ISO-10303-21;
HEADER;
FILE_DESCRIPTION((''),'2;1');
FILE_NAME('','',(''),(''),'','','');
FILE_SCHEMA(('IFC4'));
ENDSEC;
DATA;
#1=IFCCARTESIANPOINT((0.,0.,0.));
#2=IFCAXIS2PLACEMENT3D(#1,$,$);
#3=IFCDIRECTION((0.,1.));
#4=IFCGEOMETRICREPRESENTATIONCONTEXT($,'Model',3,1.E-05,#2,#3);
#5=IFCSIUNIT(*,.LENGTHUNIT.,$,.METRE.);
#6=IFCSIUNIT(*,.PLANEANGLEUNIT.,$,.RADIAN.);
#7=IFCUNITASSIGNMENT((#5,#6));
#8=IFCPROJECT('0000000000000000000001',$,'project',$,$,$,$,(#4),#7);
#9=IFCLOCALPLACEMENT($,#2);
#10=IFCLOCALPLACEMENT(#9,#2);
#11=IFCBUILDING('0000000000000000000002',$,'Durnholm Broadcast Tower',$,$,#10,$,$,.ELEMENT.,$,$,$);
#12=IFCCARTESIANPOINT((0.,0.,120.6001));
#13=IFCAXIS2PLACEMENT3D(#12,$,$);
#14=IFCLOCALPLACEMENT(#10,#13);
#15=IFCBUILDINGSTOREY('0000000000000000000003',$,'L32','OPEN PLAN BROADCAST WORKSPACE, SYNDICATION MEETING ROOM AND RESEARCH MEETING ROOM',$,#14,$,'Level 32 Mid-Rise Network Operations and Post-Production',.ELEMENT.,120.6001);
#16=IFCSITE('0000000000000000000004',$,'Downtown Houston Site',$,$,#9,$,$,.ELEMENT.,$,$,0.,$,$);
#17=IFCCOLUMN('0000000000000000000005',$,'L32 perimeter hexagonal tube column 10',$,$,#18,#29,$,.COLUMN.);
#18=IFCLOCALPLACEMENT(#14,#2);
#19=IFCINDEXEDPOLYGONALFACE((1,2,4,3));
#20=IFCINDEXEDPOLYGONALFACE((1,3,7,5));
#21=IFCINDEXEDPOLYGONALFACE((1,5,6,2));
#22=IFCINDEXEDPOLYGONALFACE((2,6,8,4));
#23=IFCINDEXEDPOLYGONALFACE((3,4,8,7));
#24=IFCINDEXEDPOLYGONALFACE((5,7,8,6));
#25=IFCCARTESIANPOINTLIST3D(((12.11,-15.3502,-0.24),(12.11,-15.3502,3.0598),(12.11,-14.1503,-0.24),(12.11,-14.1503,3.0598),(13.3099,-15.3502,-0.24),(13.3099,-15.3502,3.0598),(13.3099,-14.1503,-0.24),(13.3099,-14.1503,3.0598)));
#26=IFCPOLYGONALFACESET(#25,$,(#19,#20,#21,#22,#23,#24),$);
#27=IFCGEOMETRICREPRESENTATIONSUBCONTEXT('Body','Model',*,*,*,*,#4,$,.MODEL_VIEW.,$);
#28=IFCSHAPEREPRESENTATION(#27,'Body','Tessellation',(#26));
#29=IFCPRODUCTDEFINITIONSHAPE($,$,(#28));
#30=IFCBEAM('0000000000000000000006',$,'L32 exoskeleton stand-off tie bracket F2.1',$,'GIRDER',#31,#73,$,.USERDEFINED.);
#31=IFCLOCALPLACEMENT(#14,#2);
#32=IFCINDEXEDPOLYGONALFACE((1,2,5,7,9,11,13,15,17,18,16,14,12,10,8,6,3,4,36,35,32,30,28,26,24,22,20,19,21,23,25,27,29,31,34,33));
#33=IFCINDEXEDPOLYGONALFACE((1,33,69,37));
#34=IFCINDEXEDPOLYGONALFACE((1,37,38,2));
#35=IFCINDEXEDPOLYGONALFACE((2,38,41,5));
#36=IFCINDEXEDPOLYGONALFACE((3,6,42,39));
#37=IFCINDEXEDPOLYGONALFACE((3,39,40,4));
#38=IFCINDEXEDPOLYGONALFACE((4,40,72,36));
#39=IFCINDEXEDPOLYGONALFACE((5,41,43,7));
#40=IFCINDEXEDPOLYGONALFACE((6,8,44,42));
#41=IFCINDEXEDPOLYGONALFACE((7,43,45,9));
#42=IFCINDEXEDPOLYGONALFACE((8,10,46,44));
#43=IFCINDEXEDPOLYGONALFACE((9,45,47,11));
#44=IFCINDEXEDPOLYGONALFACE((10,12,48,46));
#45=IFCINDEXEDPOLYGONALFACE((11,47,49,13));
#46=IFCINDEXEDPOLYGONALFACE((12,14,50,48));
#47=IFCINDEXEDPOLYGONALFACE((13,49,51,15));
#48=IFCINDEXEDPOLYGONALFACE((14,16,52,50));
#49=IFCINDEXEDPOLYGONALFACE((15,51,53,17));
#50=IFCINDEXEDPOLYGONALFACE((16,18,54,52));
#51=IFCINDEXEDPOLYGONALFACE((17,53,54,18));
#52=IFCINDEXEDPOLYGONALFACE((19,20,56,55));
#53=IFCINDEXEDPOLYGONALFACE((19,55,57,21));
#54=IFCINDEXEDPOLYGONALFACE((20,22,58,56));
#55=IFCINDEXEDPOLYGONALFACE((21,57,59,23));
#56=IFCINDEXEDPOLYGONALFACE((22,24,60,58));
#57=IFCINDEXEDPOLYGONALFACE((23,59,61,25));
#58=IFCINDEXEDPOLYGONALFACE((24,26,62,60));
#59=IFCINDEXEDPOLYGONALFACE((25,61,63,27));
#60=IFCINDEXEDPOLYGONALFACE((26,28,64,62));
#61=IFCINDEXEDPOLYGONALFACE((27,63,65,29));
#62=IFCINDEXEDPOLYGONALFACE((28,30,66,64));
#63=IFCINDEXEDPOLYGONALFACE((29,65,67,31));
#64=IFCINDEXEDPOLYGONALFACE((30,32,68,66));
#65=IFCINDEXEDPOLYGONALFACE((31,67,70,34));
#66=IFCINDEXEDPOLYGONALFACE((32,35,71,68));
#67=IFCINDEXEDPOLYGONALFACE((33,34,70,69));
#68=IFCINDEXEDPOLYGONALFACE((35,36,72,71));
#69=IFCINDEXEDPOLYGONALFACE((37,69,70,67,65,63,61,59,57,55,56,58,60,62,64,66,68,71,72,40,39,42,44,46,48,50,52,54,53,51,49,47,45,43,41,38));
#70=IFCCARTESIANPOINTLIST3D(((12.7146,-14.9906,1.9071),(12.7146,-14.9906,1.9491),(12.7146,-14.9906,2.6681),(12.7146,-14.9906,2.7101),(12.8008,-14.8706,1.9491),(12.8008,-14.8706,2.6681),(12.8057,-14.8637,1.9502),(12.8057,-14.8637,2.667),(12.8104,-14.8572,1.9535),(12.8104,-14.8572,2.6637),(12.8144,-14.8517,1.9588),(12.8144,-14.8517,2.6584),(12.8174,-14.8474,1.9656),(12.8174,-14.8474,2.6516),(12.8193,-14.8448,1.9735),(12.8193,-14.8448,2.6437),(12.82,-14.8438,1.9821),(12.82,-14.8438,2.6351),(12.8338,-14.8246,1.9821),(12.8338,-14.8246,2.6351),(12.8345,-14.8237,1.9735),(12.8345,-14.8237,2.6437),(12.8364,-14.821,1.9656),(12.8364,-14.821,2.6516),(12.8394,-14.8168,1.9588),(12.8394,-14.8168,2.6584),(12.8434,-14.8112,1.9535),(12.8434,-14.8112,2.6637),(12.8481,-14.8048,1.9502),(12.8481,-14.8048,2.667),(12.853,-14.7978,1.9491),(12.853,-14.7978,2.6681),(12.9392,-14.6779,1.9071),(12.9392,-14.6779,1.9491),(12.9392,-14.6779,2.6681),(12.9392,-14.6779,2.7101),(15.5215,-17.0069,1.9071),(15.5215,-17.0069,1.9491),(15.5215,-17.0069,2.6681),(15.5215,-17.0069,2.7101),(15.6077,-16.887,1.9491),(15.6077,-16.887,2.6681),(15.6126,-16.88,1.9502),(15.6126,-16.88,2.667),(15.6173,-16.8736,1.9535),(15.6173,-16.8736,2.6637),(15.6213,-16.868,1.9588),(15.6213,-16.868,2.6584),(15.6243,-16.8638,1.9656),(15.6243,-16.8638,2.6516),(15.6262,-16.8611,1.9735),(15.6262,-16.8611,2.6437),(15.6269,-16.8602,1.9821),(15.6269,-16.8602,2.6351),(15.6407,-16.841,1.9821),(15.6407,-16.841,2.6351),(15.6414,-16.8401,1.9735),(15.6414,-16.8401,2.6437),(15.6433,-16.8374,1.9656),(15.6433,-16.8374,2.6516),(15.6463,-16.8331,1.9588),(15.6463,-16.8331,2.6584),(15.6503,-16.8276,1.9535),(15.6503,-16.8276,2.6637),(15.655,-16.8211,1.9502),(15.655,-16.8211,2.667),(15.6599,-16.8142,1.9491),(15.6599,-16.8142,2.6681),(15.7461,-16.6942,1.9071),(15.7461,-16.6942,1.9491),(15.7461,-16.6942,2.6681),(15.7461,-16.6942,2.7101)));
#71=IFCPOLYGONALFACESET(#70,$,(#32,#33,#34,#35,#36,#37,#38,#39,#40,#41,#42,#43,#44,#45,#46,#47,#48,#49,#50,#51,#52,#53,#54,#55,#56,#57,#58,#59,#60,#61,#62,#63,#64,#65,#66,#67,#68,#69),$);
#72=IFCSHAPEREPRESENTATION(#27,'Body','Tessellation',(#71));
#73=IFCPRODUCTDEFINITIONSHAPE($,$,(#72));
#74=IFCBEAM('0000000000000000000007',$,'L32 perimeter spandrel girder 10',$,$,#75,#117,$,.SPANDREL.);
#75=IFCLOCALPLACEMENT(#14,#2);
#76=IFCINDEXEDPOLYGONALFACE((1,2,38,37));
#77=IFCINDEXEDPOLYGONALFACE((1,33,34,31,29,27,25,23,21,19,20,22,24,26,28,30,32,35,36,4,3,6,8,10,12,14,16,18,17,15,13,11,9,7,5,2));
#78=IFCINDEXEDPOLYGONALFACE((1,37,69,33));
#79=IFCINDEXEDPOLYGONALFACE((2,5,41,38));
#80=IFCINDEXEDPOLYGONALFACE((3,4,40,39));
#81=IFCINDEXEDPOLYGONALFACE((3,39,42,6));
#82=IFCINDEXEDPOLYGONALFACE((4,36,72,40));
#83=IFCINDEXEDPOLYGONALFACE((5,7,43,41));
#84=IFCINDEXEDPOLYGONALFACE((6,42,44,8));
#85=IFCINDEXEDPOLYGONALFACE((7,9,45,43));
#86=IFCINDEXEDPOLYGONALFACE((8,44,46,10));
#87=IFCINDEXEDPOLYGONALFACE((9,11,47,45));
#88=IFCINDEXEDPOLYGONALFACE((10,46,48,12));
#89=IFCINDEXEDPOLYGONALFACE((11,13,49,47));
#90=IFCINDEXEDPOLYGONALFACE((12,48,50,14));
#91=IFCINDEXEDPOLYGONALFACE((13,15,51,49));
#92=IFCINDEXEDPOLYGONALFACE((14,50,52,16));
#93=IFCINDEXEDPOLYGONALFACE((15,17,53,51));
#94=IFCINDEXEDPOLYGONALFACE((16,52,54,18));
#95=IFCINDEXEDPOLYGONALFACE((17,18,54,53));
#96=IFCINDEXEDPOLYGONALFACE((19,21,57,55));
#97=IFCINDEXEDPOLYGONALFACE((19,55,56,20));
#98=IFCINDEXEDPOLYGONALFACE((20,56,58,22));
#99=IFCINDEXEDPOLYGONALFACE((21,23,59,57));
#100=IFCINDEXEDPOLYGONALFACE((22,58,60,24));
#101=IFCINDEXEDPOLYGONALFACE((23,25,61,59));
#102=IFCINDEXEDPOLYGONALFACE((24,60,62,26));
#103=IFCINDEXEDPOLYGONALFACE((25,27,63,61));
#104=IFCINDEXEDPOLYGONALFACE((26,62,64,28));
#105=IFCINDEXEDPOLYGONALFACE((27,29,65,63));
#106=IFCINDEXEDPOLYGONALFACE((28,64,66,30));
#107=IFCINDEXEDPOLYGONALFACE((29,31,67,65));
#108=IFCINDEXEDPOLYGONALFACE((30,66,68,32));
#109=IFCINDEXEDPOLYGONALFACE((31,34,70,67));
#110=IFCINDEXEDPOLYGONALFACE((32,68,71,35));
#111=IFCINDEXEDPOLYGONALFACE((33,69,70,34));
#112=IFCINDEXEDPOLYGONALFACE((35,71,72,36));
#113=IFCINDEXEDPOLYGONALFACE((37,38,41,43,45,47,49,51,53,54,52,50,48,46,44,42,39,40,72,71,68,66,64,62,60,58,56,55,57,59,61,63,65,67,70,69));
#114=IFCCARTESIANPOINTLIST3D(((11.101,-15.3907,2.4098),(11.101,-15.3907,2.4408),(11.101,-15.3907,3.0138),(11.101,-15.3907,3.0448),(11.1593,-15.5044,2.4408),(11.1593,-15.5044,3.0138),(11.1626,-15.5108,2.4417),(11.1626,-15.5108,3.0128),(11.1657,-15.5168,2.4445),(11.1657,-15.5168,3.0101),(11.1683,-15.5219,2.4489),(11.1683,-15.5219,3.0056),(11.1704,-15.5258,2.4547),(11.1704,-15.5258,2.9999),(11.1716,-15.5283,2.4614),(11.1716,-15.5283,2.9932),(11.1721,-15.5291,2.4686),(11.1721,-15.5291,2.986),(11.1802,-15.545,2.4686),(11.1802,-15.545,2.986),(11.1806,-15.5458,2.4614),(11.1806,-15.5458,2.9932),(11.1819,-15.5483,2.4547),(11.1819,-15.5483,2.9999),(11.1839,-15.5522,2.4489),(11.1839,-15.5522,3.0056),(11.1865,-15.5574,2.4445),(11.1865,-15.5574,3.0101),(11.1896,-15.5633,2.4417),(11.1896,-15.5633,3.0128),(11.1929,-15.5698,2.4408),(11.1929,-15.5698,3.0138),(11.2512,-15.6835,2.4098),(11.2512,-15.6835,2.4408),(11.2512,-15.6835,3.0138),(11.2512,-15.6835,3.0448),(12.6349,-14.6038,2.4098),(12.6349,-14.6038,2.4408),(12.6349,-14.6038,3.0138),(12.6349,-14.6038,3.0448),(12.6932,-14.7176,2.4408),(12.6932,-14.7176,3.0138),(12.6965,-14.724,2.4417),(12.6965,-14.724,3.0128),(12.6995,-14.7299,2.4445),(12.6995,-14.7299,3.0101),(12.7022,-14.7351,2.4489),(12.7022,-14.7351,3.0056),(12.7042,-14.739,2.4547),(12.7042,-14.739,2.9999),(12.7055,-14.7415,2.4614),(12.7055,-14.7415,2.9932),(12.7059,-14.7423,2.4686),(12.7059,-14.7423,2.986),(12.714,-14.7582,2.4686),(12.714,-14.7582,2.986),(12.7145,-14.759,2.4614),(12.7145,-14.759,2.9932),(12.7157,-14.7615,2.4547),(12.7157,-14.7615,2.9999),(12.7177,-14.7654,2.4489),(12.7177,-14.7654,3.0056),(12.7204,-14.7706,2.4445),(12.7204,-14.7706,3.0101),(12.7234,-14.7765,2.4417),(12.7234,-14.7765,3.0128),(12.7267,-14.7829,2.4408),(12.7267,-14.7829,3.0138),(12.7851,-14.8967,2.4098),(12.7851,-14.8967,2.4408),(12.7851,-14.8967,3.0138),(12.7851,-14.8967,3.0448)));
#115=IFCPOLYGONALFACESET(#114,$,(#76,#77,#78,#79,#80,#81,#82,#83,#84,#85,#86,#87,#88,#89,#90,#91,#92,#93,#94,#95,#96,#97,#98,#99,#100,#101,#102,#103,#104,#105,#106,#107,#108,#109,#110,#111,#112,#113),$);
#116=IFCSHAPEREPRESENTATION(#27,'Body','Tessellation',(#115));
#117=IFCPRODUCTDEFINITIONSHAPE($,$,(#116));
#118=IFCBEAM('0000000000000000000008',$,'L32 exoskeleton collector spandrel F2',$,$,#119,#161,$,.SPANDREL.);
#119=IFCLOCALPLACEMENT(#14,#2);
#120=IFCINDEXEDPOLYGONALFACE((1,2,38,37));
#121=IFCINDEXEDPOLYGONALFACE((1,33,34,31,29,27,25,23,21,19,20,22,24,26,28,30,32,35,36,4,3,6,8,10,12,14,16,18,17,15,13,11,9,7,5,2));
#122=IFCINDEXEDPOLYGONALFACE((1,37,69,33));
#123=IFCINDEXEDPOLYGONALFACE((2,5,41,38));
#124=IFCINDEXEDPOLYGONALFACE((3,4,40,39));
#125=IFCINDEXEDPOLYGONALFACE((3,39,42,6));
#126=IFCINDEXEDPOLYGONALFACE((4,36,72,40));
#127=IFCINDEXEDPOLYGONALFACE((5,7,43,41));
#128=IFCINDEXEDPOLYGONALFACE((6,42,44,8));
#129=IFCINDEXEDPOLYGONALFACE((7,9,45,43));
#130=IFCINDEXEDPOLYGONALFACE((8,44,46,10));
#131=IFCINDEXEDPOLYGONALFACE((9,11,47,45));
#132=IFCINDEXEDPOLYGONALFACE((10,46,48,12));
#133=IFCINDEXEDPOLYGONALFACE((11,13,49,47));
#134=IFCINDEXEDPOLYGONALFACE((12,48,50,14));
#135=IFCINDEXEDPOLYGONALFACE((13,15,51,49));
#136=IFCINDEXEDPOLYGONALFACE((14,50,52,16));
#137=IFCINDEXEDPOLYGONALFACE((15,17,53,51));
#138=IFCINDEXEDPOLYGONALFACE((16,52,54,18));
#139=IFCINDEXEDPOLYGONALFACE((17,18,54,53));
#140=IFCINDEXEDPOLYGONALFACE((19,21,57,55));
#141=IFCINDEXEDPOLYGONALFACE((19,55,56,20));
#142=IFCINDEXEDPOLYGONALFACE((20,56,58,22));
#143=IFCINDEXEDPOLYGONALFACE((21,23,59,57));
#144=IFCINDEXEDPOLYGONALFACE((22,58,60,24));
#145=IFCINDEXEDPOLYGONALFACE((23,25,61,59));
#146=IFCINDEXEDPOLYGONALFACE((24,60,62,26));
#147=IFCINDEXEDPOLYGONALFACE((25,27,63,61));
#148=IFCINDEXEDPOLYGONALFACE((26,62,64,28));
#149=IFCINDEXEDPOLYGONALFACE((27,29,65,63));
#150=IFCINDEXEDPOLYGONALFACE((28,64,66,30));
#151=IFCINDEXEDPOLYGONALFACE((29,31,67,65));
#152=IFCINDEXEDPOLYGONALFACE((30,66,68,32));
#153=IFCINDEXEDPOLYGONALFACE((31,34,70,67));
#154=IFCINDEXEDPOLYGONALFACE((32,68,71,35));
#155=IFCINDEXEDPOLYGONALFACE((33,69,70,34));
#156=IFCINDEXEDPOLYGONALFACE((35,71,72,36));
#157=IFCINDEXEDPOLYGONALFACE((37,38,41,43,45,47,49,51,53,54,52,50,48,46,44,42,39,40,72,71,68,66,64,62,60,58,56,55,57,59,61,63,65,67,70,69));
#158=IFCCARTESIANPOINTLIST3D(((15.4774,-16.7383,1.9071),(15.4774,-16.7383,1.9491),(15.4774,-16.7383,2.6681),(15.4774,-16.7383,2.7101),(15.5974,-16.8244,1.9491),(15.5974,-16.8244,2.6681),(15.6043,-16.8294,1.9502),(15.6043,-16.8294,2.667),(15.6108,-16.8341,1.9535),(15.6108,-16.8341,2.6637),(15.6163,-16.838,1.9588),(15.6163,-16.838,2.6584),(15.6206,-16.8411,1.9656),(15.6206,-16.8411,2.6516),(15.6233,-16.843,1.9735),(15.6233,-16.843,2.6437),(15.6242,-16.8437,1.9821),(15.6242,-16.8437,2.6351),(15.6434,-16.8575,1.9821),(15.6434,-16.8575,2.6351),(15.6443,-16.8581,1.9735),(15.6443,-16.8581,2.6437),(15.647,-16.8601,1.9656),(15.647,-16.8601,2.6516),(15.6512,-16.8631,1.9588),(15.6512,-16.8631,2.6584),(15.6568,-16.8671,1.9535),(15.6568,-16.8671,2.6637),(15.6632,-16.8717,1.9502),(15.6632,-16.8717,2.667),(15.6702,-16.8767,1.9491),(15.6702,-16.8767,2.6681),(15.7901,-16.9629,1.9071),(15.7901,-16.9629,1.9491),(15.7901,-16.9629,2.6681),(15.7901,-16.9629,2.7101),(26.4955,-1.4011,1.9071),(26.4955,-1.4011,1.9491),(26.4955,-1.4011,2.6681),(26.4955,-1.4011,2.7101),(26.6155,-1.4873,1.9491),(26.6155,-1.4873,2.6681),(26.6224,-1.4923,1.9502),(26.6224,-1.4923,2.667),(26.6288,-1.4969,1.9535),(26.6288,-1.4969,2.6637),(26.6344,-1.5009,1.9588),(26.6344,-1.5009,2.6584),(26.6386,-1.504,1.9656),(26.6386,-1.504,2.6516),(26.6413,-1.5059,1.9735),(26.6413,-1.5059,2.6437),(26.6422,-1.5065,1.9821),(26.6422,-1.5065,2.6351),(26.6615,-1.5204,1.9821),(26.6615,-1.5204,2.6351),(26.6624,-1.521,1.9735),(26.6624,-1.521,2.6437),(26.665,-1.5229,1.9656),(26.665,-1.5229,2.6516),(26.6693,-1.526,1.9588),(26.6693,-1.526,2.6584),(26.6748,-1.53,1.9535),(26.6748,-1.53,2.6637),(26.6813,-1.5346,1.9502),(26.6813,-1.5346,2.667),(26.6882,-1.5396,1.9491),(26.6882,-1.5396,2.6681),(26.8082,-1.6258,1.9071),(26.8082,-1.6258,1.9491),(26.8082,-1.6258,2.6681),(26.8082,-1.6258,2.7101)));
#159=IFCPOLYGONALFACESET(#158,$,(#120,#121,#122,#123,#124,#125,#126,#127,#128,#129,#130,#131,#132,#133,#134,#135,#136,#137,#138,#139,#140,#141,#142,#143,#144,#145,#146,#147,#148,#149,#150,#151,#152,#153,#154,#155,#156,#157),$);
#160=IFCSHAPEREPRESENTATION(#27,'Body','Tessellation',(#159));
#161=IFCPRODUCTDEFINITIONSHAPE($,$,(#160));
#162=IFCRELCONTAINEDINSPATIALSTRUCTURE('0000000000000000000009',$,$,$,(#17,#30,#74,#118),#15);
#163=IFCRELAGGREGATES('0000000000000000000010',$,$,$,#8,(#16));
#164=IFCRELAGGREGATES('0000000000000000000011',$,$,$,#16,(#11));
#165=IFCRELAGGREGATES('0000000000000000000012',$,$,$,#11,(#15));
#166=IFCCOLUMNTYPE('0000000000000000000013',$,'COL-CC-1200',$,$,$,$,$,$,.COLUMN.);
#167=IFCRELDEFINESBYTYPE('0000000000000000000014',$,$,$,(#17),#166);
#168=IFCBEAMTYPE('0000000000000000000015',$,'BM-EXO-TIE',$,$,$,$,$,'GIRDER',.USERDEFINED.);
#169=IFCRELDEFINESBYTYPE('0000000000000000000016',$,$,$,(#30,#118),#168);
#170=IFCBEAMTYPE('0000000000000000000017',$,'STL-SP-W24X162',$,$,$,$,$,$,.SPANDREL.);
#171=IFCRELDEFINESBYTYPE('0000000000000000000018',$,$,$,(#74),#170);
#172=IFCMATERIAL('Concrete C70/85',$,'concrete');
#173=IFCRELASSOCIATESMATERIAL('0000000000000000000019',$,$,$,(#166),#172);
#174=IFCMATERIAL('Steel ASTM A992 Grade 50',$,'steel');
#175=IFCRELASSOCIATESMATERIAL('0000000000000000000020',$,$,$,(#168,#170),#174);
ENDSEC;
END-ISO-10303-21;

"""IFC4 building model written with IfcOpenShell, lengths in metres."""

from ifc_helpers import new_model, si_unit, direction, frame, origin, origin_2d, place, context, subcontext, project, spatial, rectangle, i_section, extrude, source, transform, mapped, material, material_profile, profile_set, type_object, type_shapes, element, save


model = new_model("IFC4")

# Units and contexts
model_context = context("Model", 3, precision=1e-05, world=origin(), true_north=direction((0.0, 1.0)))
body_context = subcontext(model_context, "Body", "Model", "MODEL_VIEW")
ifc_project = project(units=[si_unit("LENGTHUNIT", "METRE"), si_unit("PLANEANGLEUNIT", "RADIAN")], contexts=[model_context])

# Site, building, storey
site_placement = place(None, origin())
site = spatial("IfcSite", under=ifc_project, at=site_placement, Name="Downtown Houston Site", CompositionType="ELEMENT", RefElevation=0.0)
building_placement = place(site_placement, origin())
building = spatial("IfcBuilding", under=site, at=building_placement, Name="Durnholm Broadcast Tower", CompositionType="ELEMENT")
storey_placement = place(building_placement, frame((0.0, 0.0, 120.6001)))
storey = spatial("IfcBuildingStorey", under=building, at=storey_placement, Name="L32", Description="OPEN PLAN BROADCAST WORKSPACE, SYNDICATION MEETING ROOM AND RESEARCH MEETING ROOM", LongName="Level 32 Mid-Rise Network Operations and Post-Production", CompositionType="ELEMENT", Elevation=120.6001)

# Column
ifc_material_1 = material(Name="Concrete C70/85", Category="concrete")
ifc_material_profile_1 = material_profile(ifc_material_1, rectangle(XDim=1.2, YDim=1.2, at=origin_2d()), Name="RC1200X1200")
ifc_profile_set_1 = profile_set([ifc_material_profile_1], Name="Concrete C70/85")
column_type = type_object("IfcColumnType", Name="COL-CC-1200", PredefinedType="COLUMN", material=ifc_profile_set_1)
shared_shape_1 = source(origin(), body_context, "Body", "SweptSolid", [
    extrude(rectangle(XDim=1.2, YDim=1.2, at=origin_2d()), origin(), (0.0, 0.0, 1.0), 3.2998),
])
type_shapes(column_type, [shared_shape_1])
column_placement = place(storey_placement, frame((12.71, -14.7502, -0.24), z_axis=(0.0, 0.0, 1.0), x_axis=(1.0, 0.0, 0.0)))
element("IfcColumn", 1, at=column_placement, inside=storey, type_object=column_type, Name="L32 perimeter hexagonal tube column 10", PredefinedType="COLUMN", context=body_context, shape_type="MappedRepresentation", body=[
    mapped(shared_shape_1, transform((0.0, 0.0, 0.0), x_axis=(1.0, 0.0, 0.0), y_axis=(0.0, 1.0, 0.0), z_axis=(0.0, 0.0, 1.0), scale=1.0)),
])

# Beams
ifc_material_2 = material(Name="Steel ASTM A992 Grade 50", Category="steel")
ifc_material_profile_2 = material_profile(ifc_material_2, i_section(OverallWidth=0.385, OverallDepth=0.803, WebThickness=0.0237, FlangeThickness=0.042, FilletRadius=0.033, at=origin_2d()), Name="W30X261")
ifc_profile_set_2 = profile_set([ifc_material_profile_2], Name="Steel ASTM A992 Grade 50")
beam_type_1 = type_object("IfcBeamType", Name="BM-EXO-TIE", ElementType="GIRDER", PredefinedType="USERDEFINED", material=ifc_profile_set_2)
shared_shape_2 = source(origin(), body_context, "Body", "SweptSolid", [
    extrude(i_section(OverallWidth=0.385, OverallDepth=0.803, WebThickness=0.0237, FlangeThickness=0.042, FilletRadius=0.033, at=origin_2d()), origin(), (0.0, 0.0, 1.0), 3.4561),
])
beam_1_placement = place(storey_placement, frame((12.8269, -14.8342, 2.3086), z_axis=(0.812165, -0.583428, 0.0), x_axis=(0.583428, 0.812165, 0.0)))
element("IfcBeam", 2, at=beam_1_placement, inside=storey, type_object=beam_type_1, Name="L32 exoskeleton stand-off tie bracket F2.1", ObjectType="GIRDER", PredefinedType="USERDEFINED", context=body_context, shape_type="MappedRepresentation", body=[
    mapped(shared_shape_2, transform((0.0, 0.0, 0.0), x_axis=(1.0, 0.0, 0.0), y_axis=(0.0, 1.0, 0.0), z_axis=(0.0, 0.0, 1.0), scale=1.0)),
])
ifc_material_profile_3 = material_profile(ifc_material_2, i_section(OverallWidth=0.3291, OverallDepth=0.635, WebThickness=0.0178, FlangeThickness=0.031, FilletRadius=0.0278, at=origin_2d()), Name="W24X162")
ifc_profile_set_3 = profile_set([ifc_material_profile_3], Name="Steel ASTM A992 Grade 50")
beam_type_2 = type_object("IfcBeamType", Name="STL-SP-W24X162", PredefinedType="SPANDREL", material=ifc_profile_set_3)
shared_shape_3 = source(origin(), body_context, "Body", "SweptSolid", [
    extrude(i_section(OverallWidth=0.3291, OverallDepth=0.635, WebThickness=0.0178, FlangeThickness=0.031, FilletRadius=0.0278, at=origin_2d()), origin(), (0.0, 0.0, 1.0), 1.7239),
])
type_shapes(beam_type_2, [shared_shape_3])
beam_2_placement = place(storey_placement, frame((12.71, -14.7502, 2.7273), z_axis=(-0.889763, -0.456423, 0.0), x_axis=(0.456423, -0.889763, 0.0)))
element("IfcBeam", 3, at=beam_2_placement, inside=storey, type_object=beam_type_2, Name="L32 perimeter spandrel girder 10", PredefinedType="SPANDREL", context=body_context, shape_type="MappedRepresentation", body=[
    mapped(shared_shape_3, transform((0.0, 0.0, 0.0), x_axis=(1.0, 0.0, 0.0), y_axis=(0.0, 1.0, 0.0), z_axis=(0.0, 0.0, 1.0), scale=1.0)),
])
shared_shape_4 = source(origin(), body_context, "Body", "SweptSolid", [
    extrude(i_section(OverallWidth=0.385, OverallDepth=0.803, WebThickness=0.0237, FlangeThickness=0.042, FilletRadius=0.033, at=origin_2d()), origin(), (0.0, 0.0, 1.0), 18.8845),
])
type_shapes(beam_type_1, [shared_shape_2, shared_shape_4])
beam_3_placement = place(storey_placement, frame((15.6338, -16.8506, 2.3086), z_axis=(0.583443, 0.812154, 0.0), x_axis=(-0.812154, 0.583443, 0.0)))
element("IfcBeam", 4, at=beam_3_placement, inside=storey, type_object=beam_type_1, Name="L32 exoskeleton collector spandrel F2", PredefinedType="SPANDREL", context=body_context, shape_type="MappedRepresentation", body=[
    mapped(shared_shape_4, transform((0.0, 0.0, 0.0), x_axis=(1.0, 0.0, 0.0), y_axis=(0.0, 1.0, 0.0), z_axis=(0.0, 0.0, 1.0), scale=1.0)),
])

save(model, "model.ifc")
